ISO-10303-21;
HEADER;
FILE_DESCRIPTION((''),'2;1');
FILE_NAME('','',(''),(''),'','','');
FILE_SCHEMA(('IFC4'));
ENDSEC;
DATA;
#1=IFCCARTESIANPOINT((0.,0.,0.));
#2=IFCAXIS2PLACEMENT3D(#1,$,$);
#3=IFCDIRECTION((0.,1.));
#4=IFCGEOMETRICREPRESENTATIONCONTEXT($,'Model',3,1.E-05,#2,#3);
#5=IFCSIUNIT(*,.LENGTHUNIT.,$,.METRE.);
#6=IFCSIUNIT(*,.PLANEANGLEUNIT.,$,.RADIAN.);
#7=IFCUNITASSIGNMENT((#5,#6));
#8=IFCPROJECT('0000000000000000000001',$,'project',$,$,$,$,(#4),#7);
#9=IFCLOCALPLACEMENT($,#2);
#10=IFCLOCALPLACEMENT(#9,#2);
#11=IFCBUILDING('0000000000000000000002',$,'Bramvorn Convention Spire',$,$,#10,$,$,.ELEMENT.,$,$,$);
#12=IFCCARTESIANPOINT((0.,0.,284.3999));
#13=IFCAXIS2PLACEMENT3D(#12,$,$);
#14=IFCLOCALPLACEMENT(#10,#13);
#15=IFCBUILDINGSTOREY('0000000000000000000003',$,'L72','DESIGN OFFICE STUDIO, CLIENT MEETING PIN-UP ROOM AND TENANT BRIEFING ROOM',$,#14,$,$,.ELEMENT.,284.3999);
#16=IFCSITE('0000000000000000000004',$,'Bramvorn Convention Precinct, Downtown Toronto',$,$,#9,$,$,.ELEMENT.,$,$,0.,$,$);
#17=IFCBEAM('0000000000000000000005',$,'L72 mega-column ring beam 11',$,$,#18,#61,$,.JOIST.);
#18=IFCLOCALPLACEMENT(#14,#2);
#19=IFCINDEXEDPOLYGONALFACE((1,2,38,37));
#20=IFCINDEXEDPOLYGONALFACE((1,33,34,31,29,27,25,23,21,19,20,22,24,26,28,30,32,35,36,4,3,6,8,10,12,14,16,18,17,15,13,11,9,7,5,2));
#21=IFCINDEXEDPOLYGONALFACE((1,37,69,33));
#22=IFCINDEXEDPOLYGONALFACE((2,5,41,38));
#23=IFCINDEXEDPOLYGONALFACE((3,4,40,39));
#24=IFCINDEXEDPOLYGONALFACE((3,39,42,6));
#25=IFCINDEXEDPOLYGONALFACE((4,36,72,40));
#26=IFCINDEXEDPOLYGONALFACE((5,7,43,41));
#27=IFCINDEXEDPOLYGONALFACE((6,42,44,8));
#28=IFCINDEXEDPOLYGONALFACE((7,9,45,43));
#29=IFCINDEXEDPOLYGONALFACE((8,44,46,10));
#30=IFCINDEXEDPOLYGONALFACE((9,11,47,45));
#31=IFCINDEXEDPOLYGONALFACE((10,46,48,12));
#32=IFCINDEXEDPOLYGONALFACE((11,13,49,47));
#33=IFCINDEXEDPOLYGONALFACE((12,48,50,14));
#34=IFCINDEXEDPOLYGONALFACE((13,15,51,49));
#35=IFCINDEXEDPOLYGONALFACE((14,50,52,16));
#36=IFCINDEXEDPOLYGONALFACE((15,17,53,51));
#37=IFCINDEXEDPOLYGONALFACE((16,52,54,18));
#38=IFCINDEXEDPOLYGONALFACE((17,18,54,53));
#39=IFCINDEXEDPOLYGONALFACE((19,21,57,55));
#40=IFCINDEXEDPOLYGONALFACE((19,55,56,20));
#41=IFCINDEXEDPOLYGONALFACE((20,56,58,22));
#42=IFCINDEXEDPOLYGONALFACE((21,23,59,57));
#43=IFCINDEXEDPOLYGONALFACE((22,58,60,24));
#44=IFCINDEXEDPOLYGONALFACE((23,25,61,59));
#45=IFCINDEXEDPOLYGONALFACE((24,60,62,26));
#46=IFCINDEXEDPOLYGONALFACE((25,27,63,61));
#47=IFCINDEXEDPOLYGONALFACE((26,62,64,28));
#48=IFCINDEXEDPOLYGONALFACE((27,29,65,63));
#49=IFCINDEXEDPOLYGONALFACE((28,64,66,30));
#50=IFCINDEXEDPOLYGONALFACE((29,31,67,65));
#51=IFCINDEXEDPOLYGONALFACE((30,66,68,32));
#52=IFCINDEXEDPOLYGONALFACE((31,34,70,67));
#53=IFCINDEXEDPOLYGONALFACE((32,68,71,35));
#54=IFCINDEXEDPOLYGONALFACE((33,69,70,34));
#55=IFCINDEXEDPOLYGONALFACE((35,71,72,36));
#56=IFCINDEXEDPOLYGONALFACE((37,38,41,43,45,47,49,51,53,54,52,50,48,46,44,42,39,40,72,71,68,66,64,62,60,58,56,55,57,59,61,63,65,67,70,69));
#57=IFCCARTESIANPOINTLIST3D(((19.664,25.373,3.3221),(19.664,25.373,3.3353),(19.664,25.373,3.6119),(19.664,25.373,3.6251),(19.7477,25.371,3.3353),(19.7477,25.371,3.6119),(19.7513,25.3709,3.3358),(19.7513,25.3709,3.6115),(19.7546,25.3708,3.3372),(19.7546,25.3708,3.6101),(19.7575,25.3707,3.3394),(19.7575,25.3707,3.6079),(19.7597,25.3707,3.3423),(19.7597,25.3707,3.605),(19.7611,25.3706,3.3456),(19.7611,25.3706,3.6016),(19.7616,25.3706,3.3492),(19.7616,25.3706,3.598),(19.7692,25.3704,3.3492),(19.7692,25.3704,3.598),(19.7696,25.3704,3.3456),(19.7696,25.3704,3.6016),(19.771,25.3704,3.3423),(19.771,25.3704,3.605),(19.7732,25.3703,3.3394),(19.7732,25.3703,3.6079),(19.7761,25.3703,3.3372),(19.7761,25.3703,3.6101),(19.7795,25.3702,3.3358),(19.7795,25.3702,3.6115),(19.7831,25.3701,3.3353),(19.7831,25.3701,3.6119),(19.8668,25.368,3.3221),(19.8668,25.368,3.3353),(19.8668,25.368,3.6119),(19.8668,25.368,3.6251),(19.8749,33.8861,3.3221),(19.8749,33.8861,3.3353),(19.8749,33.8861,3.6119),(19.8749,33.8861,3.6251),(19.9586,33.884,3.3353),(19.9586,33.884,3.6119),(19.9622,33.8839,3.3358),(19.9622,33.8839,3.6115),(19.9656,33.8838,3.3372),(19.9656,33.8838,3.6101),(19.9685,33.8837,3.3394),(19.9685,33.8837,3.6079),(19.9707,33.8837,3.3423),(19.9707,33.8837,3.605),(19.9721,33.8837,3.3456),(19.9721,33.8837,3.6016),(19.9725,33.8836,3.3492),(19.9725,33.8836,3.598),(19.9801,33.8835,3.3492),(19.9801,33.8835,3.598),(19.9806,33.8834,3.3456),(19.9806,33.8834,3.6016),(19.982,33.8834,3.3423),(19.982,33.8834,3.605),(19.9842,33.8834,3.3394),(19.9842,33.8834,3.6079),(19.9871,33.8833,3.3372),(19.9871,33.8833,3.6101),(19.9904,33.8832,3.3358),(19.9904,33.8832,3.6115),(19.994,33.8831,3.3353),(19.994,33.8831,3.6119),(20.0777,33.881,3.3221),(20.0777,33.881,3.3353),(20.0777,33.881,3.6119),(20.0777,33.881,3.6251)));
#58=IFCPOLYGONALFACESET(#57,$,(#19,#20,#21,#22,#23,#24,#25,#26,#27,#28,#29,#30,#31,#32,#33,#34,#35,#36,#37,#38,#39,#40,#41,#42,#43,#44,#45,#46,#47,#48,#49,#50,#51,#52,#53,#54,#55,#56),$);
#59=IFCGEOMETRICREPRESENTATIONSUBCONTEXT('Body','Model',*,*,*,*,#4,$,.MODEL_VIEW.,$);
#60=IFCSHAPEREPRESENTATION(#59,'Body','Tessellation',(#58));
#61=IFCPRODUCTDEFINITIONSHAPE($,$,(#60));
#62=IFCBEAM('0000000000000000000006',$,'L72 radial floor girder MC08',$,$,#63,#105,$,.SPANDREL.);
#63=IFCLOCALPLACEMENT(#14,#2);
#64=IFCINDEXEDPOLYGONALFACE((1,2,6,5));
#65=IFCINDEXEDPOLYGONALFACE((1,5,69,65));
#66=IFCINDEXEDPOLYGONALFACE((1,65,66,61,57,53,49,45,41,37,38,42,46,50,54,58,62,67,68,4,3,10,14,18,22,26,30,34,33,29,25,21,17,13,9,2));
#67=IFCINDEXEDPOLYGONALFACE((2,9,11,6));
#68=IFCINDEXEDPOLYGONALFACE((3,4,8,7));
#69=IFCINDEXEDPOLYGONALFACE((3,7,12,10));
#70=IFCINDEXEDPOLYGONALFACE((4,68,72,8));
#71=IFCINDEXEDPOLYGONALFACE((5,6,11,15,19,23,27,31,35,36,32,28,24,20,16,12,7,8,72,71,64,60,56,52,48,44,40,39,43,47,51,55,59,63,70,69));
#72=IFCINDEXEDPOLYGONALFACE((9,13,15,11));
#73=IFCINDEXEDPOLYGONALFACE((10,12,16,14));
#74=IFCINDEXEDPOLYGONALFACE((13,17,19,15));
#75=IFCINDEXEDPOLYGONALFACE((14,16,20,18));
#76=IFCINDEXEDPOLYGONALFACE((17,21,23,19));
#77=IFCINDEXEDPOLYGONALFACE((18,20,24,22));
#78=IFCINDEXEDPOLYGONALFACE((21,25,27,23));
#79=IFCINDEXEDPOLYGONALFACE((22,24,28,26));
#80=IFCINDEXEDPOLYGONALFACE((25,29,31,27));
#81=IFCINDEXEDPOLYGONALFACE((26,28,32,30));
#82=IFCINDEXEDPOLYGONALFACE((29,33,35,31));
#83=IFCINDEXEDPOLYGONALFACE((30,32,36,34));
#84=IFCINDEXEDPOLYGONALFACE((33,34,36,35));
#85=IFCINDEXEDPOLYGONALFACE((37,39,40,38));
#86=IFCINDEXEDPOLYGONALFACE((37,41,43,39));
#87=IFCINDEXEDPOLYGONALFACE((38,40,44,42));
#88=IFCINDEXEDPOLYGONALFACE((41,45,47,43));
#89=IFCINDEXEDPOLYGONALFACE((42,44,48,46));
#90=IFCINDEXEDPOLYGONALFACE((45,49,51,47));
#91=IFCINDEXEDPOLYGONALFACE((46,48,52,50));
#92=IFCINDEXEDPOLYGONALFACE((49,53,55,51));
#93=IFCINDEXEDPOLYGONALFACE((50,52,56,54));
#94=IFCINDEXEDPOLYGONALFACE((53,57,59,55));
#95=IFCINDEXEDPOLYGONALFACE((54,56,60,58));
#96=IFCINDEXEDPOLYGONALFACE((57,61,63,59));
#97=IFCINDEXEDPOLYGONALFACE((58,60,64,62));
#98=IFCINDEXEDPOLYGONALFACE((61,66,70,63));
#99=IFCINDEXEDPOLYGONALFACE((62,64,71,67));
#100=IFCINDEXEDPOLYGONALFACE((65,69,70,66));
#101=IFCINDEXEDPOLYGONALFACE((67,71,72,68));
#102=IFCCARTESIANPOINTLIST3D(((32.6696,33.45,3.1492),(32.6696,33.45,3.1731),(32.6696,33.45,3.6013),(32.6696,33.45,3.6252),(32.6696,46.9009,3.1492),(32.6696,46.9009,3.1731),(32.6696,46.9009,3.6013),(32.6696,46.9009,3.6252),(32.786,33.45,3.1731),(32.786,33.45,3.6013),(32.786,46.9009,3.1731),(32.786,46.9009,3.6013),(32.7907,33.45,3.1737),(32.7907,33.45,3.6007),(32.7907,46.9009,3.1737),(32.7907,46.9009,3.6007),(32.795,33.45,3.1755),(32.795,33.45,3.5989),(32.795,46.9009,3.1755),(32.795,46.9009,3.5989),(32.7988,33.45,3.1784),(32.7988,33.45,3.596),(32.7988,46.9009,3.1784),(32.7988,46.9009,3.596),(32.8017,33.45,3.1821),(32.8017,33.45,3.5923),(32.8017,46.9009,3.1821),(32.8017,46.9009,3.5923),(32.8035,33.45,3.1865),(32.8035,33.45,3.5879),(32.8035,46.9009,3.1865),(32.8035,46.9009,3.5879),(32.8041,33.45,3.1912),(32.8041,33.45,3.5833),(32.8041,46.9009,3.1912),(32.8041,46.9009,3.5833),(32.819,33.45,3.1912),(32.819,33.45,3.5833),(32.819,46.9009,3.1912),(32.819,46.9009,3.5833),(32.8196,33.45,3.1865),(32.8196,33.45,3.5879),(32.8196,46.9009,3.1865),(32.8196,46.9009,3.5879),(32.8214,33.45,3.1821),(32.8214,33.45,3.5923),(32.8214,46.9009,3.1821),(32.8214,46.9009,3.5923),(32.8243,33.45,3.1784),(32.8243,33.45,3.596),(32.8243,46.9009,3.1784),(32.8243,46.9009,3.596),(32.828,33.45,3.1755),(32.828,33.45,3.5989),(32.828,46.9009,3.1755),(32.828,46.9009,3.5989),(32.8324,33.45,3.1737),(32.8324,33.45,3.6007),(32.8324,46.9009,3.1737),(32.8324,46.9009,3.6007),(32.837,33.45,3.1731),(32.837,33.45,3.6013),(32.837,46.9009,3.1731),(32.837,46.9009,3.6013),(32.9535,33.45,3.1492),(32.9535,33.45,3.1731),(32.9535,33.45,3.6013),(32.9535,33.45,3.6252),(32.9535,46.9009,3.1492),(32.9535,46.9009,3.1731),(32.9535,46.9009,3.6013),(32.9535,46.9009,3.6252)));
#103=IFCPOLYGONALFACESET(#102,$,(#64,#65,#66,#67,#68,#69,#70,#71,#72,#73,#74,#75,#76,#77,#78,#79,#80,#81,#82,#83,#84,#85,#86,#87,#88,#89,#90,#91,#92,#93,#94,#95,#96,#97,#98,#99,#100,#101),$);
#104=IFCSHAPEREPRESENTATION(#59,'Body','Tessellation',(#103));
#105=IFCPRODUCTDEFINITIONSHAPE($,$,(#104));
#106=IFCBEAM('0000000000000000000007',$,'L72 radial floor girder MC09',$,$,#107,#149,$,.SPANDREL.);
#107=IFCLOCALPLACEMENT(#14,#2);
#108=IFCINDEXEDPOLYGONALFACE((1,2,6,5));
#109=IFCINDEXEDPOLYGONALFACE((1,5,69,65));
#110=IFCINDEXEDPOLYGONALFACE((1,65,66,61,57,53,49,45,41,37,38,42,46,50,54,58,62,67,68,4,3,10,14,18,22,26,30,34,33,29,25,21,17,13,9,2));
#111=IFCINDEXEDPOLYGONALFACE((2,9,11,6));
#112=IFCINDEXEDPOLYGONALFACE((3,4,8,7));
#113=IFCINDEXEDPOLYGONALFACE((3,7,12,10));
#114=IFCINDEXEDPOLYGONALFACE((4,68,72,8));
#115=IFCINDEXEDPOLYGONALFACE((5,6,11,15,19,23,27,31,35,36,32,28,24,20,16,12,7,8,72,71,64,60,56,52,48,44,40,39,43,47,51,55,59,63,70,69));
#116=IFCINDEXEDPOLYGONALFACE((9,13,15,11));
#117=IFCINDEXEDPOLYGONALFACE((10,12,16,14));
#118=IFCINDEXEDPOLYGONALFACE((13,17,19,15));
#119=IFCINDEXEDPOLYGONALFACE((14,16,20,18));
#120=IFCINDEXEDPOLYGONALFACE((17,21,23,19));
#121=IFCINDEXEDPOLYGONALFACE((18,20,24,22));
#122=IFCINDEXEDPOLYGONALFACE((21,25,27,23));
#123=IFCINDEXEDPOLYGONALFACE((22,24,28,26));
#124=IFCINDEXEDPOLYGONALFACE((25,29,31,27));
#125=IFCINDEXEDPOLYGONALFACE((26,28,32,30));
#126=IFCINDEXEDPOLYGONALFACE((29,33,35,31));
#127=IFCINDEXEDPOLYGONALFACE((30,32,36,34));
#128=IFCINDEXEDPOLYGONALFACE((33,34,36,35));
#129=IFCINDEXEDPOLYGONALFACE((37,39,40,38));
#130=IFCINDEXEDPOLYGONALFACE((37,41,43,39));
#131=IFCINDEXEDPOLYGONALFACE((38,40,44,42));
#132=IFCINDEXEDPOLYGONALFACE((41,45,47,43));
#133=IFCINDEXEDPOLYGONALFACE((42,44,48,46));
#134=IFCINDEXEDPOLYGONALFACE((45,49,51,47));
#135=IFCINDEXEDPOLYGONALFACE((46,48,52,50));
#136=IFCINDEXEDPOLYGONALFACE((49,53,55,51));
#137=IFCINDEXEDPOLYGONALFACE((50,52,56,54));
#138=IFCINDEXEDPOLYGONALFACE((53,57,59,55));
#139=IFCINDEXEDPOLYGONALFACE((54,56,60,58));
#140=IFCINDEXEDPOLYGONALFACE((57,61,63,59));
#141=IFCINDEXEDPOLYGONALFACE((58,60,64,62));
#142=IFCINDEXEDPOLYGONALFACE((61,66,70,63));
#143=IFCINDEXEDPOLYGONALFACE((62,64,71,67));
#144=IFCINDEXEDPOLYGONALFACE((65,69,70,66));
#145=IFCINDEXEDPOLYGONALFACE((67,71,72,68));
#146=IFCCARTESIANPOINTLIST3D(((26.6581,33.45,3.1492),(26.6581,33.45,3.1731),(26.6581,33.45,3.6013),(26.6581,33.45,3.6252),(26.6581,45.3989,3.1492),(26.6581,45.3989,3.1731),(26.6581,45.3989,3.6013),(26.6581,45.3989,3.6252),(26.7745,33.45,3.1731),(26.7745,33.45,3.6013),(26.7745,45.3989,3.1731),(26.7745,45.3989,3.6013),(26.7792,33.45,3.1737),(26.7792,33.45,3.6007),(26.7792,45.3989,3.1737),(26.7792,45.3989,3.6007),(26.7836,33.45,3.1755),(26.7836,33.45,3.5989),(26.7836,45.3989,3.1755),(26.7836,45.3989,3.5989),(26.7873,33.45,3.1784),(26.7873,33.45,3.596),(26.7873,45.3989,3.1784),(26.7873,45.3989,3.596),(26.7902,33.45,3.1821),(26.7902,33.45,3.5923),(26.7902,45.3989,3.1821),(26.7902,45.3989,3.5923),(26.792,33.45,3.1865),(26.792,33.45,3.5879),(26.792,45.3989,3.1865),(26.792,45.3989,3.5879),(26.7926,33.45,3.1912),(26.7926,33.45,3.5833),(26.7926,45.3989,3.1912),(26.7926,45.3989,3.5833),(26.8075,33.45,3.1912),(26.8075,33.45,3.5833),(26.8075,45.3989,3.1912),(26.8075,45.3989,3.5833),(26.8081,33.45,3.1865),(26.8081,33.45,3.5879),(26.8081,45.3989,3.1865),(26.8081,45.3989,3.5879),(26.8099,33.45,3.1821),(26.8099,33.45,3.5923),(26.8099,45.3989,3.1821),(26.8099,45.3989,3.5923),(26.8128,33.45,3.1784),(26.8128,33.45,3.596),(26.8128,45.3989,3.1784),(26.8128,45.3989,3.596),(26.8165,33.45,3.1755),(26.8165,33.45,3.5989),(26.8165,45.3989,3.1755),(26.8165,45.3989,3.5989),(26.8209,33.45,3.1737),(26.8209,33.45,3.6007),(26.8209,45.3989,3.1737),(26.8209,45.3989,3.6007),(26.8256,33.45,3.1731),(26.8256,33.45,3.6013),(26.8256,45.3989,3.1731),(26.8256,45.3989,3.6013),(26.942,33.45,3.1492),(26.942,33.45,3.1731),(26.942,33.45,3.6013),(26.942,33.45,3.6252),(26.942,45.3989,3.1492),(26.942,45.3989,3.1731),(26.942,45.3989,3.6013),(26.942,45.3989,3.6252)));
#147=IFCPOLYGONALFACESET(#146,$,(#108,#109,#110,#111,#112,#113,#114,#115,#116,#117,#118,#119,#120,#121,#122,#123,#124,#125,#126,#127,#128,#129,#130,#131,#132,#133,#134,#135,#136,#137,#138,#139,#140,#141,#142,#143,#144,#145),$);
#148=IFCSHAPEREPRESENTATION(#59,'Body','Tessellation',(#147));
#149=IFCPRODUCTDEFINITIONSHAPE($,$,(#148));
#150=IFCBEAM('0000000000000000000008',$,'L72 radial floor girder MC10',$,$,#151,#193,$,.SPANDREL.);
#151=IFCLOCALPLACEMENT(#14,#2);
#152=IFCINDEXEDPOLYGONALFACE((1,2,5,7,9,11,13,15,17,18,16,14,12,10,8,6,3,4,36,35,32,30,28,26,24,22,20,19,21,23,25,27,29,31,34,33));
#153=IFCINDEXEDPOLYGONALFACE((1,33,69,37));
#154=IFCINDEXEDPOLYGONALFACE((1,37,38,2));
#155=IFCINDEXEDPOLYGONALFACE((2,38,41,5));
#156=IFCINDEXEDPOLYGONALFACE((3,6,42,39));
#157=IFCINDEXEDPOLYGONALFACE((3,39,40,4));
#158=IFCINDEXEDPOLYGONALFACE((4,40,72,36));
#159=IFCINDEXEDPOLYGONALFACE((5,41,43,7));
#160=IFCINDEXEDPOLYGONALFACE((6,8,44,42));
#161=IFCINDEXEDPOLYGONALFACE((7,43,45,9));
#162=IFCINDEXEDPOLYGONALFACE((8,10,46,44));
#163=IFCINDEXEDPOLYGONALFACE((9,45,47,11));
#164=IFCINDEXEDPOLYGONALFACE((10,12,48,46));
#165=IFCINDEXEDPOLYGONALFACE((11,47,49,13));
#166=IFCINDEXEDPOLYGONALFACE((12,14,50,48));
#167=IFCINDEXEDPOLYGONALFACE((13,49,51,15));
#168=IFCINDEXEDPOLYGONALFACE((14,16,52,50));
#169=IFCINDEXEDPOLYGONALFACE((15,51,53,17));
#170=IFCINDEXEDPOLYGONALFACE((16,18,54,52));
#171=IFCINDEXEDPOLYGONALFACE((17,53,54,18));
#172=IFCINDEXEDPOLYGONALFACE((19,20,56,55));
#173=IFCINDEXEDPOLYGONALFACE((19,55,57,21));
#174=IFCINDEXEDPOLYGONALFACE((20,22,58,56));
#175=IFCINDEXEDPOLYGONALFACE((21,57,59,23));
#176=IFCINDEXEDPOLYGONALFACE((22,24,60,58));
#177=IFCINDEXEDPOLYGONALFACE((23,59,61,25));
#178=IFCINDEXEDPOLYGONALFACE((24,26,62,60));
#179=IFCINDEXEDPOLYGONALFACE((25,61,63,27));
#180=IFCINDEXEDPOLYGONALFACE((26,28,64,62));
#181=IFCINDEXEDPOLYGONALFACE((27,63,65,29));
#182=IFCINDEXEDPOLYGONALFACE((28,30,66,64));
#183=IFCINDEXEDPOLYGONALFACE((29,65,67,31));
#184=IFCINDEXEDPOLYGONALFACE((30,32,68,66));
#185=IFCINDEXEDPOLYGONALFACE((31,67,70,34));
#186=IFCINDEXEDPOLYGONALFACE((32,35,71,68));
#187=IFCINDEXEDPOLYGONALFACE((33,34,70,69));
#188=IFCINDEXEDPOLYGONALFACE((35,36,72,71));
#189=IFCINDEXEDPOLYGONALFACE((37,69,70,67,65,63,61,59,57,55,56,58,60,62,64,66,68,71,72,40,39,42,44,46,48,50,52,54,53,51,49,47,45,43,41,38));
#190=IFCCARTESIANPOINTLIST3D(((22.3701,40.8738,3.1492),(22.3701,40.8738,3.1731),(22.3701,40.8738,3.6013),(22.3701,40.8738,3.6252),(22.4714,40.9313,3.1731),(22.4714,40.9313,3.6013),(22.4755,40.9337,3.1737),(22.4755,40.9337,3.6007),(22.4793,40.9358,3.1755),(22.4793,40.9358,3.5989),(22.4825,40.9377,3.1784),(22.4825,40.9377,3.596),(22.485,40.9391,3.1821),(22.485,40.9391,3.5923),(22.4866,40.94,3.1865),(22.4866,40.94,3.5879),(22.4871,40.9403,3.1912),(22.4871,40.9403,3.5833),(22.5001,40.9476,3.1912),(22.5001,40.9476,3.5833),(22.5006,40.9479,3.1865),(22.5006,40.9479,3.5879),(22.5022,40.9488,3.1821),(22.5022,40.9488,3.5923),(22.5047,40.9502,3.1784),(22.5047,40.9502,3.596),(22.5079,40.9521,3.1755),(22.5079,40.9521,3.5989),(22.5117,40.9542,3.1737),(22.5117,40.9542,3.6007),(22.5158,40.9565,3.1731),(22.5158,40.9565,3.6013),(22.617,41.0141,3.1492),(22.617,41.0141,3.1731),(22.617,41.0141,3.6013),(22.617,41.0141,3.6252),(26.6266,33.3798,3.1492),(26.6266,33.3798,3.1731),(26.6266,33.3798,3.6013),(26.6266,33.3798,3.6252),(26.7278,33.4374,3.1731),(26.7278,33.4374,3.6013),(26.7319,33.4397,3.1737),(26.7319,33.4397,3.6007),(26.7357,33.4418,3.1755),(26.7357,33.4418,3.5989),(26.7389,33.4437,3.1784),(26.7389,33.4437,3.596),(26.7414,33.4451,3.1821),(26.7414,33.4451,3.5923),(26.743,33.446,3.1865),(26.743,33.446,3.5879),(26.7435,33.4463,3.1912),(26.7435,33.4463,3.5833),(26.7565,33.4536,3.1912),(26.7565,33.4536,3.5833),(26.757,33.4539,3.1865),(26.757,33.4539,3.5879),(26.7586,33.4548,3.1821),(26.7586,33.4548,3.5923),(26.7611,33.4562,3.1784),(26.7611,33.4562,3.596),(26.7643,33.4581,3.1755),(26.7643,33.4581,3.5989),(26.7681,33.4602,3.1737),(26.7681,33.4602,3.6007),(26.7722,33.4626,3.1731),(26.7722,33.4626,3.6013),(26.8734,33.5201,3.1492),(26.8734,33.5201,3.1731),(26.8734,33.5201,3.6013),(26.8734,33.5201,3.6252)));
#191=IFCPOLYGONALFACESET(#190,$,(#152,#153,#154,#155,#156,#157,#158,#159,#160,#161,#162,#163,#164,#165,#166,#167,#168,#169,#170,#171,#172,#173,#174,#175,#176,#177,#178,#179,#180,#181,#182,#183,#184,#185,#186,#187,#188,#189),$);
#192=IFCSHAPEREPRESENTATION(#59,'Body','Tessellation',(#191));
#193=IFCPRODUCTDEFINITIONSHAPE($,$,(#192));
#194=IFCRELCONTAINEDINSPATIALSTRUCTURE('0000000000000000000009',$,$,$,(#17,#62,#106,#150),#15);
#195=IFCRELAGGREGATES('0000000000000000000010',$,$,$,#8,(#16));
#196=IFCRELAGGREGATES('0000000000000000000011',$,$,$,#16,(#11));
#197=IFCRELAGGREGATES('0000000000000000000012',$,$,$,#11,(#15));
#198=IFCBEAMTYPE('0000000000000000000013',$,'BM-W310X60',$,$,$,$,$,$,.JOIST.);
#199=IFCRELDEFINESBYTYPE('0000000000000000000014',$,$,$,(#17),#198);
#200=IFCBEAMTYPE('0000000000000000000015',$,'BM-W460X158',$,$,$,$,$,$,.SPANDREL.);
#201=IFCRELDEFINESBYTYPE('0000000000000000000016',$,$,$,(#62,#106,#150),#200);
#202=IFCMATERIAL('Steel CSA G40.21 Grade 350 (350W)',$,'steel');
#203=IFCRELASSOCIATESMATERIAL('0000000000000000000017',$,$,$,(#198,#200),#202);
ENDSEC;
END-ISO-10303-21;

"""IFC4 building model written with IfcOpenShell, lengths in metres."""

from ifc_helpers import new_model, si_unit, direction, frame, origin, origin_2d, place, context, subcontext, project, spatial, i_section, extrude, material, material_profile, profile_set, type_object, element, save


model = new_model("IFC4")

# Units and contexts
model_context = context("Model", 3, precision=1e-05, world=origin(), true_north=direction((0.0, 1.0)))
body_context = subcontext(model_context, "Body", "Model", "MODEL_VIEW")
ifc_project = project(units=[si_unit("LENGTHUNIT", "METRE"), si_unit("PLANEANGLEUNIT", "RADIAN")], contexts=[model_context])

# Site, building, storey
site_placement = place(None, origin())
site = spatial("IfcSite", under=ifc_project, at=site_placement, Name="Bramvorn Convention Precinct, Downtown Toronto", CompositionType="ELEMENT", RefElevation=0.0)
building_placement = place(site_placement, origin())
building = spatial("IfcBuilding", under=site, at=building_placement, Name="Bramvorn Convention Spire", CompositionType="ELEMENT")
storey_placement = place(building_placement, frame((0.0, 0.0, 284.3999)))
storey = spatial("IfcBuildingStorey", under=building, at=storey_placement, Name="L72", Description="DESIGN OFFICE STUDIO, CLIENT MEETING PIN-UP ROOM AND TENANT BRIEFING ROOM", CompositionType="ELEMENT", Elevation=284.3999)

# Shared definitions
ifc_material_1 = material(Name="Steel CSA G40.21 Grade 350 (350W)", Category="steel")

# Beams
ifc_material_profile_1 = material_profile(ifc_material_1, i_section(OverallWidth=0.2029, OverallDepth=0.303, WebThickness=0.0076, FlangeThickness=0.0132, FilletRadius=0.0139, at=origin_2d()))
ifc_profile_set_1 = profile_set([ifc_material_profile_1], Name="Steel CSA G40.21 Grade 350 (350W) - W310X60")
beam_type_1 = type_object("IfcBeamType", Name="BM-W310X60", PredefinedType="JOIST", material=ifc_profile_set_1)
beam_1_placement = place(storey_placement, frame((19.9763, 33.8835, 3.4736), z_axis=(-0.024771, -0.999693, 0.0), x_axis=(0.999693, -0.024771, 0.0)))
element("IfcBeam", 1, at=beam_1_placement, inside=storey, type_object=beam_type_1, Name="L72 mega-column ring beam 11", PredefinedType="JOIST", context=body_context, shape_type="SweptSolid", body=[
    extrude(i_section(OverallWidth=0.2029, OverallDepth=0.303, WebThickness=0.0076, FlangeThickness=0.0132, FilletRadius=0.0139, at=origin_2d()), origin(), (0.0, 0.0, 1.0), 8.5156),
])
ifc_material_profile_2 = material_profile(ifc_material_1, i_section(OverallWidth=0.2839, OverallDepth=0.4761, WebThickness=0.0149, FlangeThickness=0.0239, FilletRadius=0.0181, at=origin_2d()))
ifc_profile_set_2 = profile_set([ifc_material_profile_2], Name="Steel CSA G40.21 Grade 350 (350W) - W460X158")
beam_type_2 = type_object("IfcBeamType", Name="BM-W460X158", PredefinedType="SPANDREL", material=ifc_profile_set_2)
beam_2_placement = place(storey_placement, frame((32.8115, 33.45, 3.3872), z_axis=(0.0, 1.0, 0.0), x_axis=(-1.0, 0.0, 0.0)))
element("IfcBeam", 2, at=beam_2_placement, inside=storey, type_object=beam_type_2, Name="L72 radial floor girder MC08", PredefinedType="SPANDREL", context=body_context, shape_type="SweptSolid", body=[
    extrude(i_section(OverallWidth=0.2839, OverallDepth=0.4761, WebThickness=0.0149, FlangeThickness=0.0239, FilletRadius=0.0181, at=origin_2d()), origin(), (0.0, 0.0, 1.0), 13.4509),
])
beam_3_placement = place(storey_placement, frame((26.8, 33.45, 3.3872), z_axis=(0.0, 1.0, 0.0), x_axis=(-1.0, 0.0, 0.0)))
element("IfcBeam", 3, at=beam_3_placement, inside=storey, type_object=beam_type_2, Name="L72 radial floor girder MC09", PredefinedType="SPANDREL", context=body_context, shape_type="SweptSolid", body=[
    extrude(i_section(OverallWidth=0.2839, OverallDepth=0.4761, WebThickness=0.0149, FlangeThickness=0.0239, FilletRadius=0.0181, at=origin_2d()), origin(), (0.0, 0.0, 1.0), 11.949),
])
beam_4_placement = place(storey_placement, frame((26.75, 33.45, 3.3872), z_axis=(-0.493874, 0.869534, 0.0), x_axis=(-0.869534, -0.493874, 0.0)))
element("IfcBeam", 4, at=beam_4_placement, inside=storey, type_object=beam_type_2, Name="L72 radial floor girder MC10", PredefinedType="SPANDREL", context=body_context, shape_type="SweptSolid", body=[
    extrude(i_section(OverallWidth=0.2839, OverallDepth=0.4761, WebThickness=0.0149, FlangeThickness=0.0239, FilletRadius=0.0181, at=origin_2d()), origin(), (0.0, 0.0, 1.0), 8.6184),
])

save(model, "model.ifc")
